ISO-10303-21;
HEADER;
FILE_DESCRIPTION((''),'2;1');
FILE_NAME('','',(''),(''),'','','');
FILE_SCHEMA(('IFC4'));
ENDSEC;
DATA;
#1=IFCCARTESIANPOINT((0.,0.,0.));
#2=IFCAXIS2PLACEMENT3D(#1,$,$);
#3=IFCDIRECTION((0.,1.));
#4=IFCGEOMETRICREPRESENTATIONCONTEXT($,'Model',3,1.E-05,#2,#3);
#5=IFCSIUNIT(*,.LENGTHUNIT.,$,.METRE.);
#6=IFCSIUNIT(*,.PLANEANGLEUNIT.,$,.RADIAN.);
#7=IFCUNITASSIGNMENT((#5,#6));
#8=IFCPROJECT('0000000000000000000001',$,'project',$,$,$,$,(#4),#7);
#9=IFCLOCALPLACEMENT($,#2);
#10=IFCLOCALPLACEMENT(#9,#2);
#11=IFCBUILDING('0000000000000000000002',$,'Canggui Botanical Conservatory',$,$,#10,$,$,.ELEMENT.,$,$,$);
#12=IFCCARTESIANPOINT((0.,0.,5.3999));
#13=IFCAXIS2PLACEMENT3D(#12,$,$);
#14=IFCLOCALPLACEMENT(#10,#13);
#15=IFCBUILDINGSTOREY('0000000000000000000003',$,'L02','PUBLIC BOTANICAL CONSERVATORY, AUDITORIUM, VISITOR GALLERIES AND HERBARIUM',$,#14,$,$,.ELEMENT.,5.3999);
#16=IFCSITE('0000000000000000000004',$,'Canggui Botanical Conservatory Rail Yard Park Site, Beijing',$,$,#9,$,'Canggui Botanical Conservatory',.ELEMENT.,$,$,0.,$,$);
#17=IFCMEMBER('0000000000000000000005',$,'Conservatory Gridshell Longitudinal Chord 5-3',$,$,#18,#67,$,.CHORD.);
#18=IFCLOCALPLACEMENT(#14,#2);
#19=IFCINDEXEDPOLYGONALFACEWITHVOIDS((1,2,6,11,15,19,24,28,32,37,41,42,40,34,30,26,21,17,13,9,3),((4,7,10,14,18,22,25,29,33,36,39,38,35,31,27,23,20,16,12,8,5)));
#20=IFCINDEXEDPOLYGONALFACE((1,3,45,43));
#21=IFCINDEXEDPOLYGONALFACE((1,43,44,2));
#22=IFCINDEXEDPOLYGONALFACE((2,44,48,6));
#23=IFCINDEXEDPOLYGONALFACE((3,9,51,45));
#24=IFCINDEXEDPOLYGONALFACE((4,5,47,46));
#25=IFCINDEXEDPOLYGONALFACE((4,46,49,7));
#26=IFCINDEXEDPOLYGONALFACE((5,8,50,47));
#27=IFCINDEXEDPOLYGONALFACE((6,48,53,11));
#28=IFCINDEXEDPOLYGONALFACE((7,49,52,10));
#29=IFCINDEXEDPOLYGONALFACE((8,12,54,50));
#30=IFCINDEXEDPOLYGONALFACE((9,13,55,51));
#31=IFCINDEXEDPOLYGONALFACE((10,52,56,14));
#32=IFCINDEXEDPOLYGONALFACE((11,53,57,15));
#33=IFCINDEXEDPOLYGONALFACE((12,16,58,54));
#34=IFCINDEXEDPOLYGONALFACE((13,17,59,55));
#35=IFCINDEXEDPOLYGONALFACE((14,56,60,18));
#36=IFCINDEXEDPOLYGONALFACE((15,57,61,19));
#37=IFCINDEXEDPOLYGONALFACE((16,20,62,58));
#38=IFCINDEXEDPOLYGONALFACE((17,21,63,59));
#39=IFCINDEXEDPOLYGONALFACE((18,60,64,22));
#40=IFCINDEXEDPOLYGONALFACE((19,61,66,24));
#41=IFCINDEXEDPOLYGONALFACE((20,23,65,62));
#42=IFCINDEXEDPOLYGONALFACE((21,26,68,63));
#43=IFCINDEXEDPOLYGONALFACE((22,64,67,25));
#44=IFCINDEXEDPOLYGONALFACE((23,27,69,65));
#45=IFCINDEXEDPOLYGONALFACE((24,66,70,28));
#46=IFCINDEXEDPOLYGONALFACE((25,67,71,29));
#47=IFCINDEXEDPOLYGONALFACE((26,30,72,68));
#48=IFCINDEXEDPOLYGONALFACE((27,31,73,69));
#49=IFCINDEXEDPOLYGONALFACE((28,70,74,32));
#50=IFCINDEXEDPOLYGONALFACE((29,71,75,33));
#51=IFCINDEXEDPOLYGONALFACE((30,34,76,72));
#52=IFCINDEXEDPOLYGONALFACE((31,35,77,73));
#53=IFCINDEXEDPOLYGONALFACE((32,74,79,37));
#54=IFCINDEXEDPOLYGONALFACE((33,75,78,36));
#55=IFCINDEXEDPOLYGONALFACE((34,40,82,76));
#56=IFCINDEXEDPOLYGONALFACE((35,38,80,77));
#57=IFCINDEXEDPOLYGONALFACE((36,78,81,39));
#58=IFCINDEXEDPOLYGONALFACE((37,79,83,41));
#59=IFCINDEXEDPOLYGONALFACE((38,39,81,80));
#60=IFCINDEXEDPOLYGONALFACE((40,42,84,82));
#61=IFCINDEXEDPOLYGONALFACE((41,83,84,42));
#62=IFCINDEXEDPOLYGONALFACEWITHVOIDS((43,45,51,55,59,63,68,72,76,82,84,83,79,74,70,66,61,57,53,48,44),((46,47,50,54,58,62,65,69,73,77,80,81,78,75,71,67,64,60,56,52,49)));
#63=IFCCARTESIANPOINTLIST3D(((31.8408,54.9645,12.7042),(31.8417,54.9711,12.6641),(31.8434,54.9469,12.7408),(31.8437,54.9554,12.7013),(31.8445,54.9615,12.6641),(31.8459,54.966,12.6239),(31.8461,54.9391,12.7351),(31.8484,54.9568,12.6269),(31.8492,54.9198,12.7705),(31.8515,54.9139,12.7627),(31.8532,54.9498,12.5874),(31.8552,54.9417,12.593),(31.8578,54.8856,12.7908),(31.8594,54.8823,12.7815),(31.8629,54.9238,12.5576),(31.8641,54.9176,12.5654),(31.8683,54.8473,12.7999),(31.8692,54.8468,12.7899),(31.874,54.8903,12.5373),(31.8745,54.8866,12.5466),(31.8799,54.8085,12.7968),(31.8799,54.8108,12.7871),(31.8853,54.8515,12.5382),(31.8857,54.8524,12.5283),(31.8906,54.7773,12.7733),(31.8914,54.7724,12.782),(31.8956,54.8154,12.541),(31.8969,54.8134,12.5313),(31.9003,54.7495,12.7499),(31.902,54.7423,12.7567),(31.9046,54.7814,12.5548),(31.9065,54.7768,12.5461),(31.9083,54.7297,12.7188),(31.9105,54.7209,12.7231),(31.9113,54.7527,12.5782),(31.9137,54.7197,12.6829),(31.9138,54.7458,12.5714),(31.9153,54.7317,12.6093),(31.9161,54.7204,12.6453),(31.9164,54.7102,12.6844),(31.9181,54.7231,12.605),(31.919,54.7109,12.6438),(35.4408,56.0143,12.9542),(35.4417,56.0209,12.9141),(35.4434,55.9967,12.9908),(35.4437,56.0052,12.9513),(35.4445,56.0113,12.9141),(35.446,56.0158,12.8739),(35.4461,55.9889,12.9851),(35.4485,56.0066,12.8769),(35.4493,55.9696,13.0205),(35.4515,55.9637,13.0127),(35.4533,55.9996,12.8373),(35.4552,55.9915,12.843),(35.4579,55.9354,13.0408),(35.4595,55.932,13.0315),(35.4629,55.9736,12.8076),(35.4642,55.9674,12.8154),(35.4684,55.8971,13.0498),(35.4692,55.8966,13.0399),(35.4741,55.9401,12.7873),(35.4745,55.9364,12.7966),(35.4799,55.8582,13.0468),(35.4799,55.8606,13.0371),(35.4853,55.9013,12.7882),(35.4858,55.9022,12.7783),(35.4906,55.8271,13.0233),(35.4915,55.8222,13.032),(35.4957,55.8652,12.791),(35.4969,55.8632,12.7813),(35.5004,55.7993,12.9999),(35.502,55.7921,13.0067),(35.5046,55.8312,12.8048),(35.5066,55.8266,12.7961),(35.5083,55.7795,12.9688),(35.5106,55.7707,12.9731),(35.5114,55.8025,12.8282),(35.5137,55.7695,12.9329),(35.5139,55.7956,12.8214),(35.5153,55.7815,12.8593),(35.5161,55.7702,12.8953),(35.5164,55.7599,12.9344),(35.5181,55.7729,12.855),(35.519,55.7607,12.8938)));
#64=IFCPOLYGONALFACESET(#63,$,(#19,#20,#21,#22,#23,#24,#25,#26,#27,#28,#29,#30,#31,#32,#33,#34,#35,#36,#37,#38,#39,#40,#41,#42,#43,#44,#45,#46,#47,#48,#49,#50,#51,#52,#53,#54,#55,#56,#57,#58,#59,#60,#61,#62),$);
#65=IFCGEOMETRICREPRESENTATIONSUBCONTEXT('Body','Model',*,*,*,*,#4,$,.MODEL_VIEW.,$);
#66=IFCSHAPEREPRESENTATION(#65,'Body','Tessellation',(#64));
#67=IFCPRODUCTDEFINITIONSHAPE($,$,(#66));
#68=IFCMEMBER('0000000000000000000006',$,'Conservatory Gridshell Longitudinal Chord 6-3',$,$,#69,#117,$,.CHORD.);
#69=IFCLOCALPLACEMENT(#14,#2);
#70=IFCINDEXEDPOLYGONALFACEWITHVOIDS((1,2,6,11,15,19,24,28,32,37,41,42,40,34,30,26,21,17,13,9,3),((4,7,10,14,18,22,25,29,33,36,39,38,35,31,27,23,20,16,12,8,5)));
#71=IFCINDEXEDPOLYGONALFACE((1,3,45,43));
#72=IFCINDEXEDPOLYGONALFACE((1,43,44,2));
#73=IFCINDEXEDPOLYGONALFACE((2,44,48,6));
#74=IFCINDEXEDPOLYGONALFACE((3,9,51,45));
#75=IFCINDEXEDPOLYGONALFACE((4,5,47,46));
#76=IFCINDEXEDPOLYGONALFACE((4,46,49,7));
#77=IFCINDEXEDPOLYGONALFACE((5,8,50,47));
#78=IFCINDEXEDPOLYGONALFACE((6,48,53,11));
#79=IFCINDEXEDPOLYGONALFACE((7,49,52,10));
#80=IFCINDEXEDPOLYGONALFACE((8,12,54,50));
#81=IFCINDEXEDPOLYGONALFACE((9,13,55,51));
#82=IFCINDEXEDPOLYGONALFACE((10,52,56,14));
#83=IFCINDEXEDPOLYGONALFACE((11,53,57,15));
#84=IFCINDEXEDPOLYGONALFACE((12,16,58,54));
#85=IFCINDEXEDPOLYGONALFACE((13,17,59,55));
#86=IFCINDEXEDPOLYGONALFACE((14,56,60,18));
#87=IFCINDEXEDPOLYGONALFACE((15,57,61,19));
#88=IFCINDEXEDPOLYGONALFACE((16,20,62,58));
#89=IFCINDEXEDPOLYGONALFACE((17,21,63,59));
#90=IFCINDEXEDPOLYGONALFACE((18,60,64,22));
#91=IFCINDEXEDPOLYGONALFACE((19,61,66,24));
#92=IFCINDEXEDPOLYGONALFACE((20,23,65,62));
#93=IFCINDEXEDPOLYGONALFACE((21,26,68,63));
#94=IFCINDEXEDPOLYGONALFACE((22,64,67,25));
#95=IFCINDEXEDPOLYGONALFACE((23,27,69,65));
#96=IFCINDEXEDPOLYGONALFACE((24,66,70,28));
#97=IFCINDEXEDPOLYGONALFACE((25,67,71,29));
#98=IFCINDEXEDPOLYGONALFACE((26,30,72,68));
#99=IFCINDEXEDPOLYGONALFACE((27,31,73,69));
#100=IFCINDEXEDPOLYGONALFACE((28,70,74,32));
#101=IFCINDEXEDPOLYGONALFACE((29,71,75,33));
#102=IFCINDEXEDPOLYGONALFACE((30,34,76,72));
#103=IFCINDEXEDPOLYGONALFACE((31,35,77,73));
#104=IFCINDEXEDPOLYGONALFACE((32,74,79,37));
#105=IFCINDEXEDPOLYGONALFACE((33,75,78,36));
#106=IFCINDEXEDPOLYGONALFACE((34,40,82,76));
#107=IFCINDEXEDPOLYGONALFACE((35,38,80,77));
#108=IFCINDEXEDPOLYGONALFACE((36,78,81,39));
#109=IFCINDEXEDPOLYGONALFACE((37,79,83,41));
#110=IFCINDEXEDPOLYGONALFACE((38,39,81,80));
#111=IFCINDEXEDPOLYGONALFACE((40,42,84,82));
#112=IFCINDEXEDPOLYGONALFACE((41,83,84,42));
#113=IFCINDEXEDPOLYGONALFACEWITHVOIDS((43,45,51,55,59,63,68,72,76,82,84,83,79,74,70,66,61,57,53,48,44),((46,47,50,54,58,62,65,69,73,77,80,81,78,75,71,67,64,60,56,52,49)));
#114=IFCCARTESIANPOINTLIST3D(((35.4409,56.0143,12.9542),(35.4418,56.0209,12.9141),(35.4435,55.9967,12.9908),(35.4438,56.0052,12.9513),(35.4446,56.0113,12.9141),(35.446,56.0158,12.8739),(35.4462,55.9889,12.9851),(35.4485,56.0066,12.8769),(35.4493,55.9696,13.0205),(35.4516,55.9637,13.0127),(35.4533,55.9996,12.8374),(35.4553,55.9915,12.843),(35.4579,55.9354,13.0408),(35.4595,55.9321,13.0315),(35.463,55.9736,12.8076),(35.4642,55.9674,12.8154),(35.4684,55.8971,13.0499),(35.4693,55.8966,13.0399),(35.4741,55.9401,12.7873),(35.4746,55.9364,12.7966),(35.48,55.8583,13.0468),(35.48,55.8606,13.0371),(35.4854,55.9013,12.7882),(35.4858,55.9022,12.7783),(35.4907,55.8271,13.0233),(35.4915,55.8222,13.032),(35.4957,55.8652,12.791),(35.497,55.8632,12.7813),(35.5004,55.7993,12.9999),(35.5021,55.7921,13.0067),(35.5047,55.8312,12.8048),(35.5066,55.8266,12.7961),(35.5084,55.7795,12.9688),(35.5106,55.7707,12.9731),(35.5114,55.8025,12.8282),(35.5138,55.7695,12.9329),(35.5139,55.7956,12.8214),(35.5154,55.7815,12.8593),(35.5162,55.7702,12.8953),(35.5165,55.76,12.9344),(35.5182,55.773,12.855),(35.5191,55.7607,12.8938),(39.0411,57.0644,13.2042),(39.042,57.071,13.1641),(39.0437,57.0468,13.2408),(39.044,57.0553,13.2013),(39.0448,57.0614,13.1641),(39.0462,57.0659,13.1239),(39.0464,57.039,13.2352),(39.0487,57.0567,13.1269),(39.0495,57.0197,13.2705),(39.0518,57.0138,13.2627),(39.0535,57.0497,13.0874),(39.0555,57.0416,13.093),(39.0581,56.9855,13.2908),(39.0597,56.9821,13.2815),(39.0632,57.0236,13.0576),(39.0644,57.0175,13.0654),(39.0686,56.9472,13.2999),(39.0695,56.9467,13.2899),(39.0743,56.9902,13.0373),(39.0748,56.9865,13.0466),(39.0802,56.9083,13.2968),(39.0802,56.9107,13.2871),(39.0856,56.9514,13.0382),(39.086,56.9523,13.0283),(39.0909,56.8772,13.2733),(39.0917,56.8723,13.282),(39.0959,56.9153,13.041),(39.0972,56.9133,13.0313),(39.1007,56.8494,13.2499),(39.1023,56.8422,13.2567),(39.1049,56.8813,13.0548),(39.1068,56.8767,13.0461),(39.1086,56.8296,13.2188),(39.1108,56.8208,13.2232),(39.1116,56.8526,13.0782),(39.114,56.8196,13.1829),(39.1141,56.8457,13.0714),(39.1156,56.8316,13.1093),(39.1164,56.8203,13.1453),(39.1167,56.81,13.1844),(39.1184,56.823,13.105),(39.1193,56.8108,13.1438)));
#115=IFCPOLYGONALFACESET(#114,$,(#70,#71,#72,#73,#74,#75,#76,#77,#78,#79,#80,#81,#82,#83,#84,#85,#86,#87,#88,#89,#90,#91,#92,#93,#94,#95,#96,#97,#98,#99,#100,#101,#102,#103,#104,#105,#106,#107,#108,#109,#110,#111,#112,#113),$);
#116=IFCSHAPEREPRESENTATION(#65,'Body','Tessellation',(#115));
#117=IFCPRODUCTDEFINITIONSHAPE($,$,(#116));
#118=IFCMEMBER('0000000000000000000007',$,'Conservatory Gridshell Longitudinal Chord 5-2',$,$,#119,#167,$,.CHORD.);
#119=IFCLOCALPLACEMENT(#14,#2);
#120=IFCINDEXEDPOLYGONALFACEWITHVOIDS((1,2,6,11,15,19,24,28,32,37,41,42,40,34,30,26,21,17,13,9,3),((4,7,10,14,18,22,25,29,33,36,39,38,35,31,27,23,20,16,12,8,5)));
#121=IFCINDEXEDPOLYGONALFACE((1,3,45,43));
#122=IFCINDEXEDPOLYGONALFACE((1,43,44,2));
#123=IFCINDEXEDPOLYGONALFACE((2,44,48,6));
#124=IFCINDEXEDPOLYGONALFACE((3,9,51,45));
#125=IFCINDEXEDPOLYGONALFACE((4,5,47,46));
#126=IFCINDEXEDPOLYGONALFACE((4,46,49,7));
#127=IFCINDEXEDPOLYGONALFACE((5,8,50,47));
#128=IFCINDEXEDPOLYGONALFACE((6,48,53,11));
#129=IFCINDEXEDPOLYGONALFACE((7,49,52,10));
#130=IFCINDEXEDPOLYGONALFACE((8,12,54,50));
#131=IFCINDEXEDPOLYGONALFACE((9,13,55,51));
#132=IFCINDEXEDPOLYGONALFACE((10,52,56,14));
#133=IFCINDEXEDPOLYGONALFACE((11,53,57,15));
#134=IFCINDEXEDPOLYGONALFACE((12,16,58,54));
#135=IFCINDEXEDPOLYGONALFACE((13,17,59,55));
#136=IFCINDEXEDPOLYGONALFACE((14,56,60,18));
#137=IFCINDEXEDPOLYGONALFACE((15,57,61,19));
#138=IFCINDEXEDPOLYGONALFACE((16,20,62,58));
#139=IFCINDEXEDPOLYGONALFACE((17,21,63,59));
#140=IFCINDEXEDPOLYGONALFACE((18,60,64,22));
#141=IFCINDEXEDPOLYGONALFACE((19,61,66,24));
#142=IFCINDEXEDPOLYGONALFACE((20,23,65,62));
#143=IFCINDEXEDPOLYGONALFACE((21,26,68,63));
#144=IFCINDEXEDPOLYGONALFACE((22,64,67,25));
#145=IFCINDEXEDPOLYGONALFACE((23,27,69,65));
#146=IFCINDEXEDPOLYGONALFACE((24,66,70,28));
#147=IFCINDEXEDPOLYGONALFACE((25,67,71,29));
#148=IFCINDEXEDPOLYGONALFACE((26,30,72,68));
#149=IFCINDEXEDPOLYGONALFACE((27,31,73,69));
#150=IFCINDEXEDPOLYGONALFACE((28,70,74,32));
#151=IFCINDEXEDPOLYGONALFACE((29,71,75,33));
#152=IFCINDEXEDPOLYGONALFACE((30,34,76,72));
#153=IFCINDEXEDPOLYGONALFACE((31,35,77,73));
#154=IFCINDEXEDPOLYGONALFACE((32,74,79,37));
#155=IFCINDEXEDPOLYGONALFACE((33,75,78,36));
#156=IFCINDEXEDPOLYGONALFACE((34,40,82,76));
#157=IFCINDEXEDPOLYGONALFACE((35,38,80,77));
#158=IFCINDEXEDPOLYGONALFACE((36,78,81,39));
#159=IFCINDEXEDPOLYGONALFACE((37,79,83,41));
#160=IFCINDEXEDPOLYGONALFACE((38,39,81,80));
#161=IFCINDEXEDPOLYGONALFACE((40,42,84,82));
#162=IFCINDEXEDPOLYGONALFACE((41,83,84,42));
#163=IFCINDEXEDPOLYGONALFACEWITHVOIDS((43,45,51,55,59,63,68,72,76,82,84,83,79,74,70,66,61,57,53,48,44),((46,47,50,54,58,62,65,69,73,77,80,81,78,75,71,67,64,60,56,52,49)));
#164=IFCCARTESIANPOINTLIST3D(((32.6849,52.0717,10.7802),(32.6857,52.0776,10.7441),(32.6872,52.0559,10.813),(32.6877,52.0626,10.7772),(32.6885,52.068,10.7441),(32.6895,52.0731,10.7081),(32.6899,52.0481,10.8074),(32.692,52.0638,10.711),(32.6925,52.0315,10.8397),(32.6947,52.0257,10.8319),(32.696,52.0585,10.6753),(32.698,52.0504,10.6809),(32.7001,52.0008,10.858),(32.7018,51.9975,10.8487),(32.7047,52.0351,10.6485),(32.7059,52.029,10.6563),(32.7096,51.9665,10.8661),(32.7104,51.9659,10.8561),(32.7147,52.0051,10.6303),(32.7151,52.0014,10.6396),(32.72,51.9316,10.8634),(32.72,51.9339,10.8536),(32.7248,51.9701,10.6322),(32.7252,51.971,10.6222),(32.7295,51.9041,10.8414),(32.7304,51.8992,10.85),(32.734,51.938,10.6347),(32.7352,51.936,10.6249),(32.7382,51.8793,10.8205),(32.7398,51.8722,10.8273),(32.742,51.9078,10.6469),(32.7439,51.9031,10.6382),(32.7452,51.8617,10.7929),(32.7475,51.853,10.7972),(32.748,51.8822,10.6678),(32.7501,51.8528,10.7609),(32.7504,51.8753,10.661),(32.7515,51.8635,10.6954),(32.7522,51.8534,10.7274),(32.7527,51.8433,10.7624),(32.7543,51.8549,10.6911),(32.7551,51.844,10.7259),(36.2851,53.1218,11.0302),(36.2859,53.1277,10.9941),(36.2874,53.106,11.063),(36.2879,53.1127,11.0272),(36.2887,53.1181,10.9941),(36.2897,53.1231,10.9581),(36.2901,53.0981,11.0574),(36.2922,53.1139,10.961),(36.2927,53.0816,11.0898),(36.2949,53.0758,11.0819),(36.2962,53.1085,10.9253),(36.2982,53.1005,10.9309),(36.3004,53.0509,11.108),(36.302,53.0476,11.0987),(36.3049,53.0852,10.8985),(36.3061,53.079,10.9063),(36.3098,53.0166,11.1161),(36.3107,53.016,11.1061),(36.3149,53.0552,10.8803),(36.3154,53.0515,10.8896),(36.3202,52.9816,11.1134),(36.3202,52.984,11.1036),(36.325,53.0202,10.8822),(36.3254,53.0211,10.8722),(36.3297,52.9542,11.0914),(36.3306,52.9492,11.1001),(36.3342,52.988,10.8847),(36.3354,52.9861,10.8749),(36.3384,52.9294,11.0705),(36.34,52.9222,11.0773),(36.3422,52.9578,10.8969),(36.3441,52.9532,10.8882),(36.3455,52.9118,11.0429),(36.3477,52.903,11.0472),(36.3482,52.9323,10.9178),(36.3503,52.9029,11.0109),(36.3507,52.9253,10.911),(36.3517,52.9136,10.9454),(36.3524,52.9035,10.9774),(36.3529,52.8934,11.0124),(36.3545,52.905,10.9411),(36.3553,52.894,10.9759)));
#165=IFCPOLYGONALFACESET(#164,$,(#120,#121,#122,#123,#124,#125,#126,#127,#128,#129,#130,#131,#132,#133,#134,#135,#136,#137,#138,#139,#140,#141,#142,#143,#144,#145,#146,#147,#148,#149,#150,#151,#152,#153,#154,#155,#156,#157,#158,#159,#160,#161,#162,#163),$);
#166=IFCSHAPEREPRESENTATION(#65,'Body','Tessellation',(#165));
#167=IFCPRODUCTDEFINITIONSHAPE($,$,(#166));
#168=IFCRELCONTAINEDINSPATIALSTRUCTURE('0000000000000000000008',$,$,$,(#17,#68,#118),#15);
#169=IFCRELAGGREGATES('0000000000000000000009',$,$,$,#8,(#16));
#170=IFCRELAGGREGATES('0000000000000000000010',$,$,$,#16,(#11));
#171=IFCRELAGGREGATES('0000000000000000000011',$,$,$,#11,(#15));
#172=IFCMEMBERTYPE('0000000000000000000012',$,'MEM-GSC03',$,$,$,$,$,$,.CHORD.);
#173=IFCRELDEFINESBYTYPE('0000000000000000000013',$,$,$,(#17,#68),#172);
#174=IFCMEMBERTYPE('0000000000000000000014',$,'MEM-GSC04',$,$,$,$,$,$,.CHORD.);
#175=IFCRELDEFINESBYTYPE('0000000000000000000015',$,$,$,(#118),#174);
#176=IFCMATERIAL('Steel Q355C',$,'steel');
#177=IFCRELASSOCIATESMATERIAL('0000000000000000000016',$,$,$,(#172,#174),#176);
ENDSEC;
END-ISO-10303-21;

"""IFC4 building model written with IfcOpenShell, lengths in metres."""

from ifc_helpers import new_model, si_unit, direction, frame, origin, origin_2d, place, context, subcontext, project, spatial, hollow_circle, extrude, material, material_profile, profile_set, type_object, element, save


model = new_model("IFC4")

# Units and contexts
model_context = context("Model", 3, precision=1e-05, world=origin(), true_north=direction((0.0, 1.0)))
body_context = subcontext(model_context, "Body", "Model", "MODEL_VIEW")
ifc_project = project(units=[si_unit("LENGTHUNIT", "METRE"), si_unit("PLANEANGLEUNIT", "RADIAN")], contexts=[model_context])

# Site, building, storey
site_placement = place(None, origin())
site = spatial("IfcSite", under=ifc_project, at=site_placement, Name="Canggui Botanical Conservatory Rail Yard Park Site, Beijing", LongName="Canggui Botanical Conservatory", CompositionType="ELEMENT", RefElevation=0.0)
building_placement = place(site_placement, origin())
building = spatial("IfcBuilding", under=site, at=building_placement, Name="Canggui Botanical Conservatory", CompositionType="ELEMENT")
storey_placement = place(building_placement, frame((0.0, 0.0, 5.3999)))
storey = spatial("IfcBuildingStorey", under=building, at=storey_placement, Name="L02", Description="PUBLIC BOTANICAL CONSERVATORY, AUDITORIUM, VISITOR GALLERIES AND HERBARIUM", CompositionType="ELEMENT", Elevation=5.3999)

# Shared definitions
ifc_material_1 = material(Name="Steel Q355C", Category="steel")

# Members
ifc_material_profile_1 = material_profile(ifc_material_1, hollow_circle(Radius=0.1365, WallThickness=0.01, at=origin_2d()), Name="CHS 273x10")
ifc_profile_set_1 = profile_set([ifc_material_profile_1], Name="Steel Q355C")
member_type_1 = type_object("IfcMemberType", Name="MEM-GSC03", PredefinedType="CHORD", material=ifc_profile_set_1)
member_1_placement = place(storey_placement, frame((31.8799, 54.8401, 12.6641), z_axis=(0.95789, 0.279325, 0.066518), x_axis=(-0.279945, 0.960016, 0.0)))
element("IfcMember", 1, at=member_1_placement, inside=storey, type_object=member_type_1, Name="Conservatory Gridshell Longitudinal Chord 5-3", PredefinedType="CHORD", context=body_context, shape_type="SweptSolid", body=[
    extrude(hollow_circle(Radius=0.1365, WallThickness=0.01, at=origin_2d()), origin(), (0.0, 0.0, 1.0), 3.7583),
])
member_2_placement = place(storey_placement, frame((35.48, 55.8899, 12.9141), z_axis=(0.957872, 0.279385, 0.066517), x_axis=(-0.280005, 0.959999, 0.0)))
element("IfcMember", 2, at=member_2_placement, inside=storey, type_object=member_type_1, Name="Conservatory Gridshell Longitudinal Chord 6-3", PredefinedType="CHORD", context=body_context, shape_type="SweptSolid", body=[
    extrude(hollow_circle(Radius=0.1365, WallThickness=0.01, at=origin_2d()), origin(), (0.0, 0.0, 1.0), 3.7585),
])
ifc_material_profile_2 = material_profile(ifc_material_1, hollow_circle(Radius=0.1226, WallThickness=0.01, at=origin_2d()), Name="CHS 245x10")
ifc_profile_set_2 = profile_set([ifc_material_profile_2], Name="Steel Q355C")
member_type_2 = type_object("IfcMemberType", Name="MEM-GSC04", PredefinedType="CHORD", material=ifc_profile_set_2)
member_3_placement = place(storey_placement, frame((32.72, 51.96, 10.7441), z_axis=(0.957872, 0.279385, 0.066517), x_axis=(-0.280005, 0.959999, 0.0)))
element("IfcMember", 3, at=member_3_placement, inside=storey, type_object=member_type_2, Name="Conservatory Gridshell Longitudinal Chord 5-2", PredefinedType="CHORD", context=body_context, shape_type="SweptSolid", body=[
    extrude(hollow_circle(Radius=0.1226, WallThickness=0.01, at=origin_2d()), origin(), (0.0, 0.0, 1.0), 3.7585),
])

save(model, "model.ifc")
